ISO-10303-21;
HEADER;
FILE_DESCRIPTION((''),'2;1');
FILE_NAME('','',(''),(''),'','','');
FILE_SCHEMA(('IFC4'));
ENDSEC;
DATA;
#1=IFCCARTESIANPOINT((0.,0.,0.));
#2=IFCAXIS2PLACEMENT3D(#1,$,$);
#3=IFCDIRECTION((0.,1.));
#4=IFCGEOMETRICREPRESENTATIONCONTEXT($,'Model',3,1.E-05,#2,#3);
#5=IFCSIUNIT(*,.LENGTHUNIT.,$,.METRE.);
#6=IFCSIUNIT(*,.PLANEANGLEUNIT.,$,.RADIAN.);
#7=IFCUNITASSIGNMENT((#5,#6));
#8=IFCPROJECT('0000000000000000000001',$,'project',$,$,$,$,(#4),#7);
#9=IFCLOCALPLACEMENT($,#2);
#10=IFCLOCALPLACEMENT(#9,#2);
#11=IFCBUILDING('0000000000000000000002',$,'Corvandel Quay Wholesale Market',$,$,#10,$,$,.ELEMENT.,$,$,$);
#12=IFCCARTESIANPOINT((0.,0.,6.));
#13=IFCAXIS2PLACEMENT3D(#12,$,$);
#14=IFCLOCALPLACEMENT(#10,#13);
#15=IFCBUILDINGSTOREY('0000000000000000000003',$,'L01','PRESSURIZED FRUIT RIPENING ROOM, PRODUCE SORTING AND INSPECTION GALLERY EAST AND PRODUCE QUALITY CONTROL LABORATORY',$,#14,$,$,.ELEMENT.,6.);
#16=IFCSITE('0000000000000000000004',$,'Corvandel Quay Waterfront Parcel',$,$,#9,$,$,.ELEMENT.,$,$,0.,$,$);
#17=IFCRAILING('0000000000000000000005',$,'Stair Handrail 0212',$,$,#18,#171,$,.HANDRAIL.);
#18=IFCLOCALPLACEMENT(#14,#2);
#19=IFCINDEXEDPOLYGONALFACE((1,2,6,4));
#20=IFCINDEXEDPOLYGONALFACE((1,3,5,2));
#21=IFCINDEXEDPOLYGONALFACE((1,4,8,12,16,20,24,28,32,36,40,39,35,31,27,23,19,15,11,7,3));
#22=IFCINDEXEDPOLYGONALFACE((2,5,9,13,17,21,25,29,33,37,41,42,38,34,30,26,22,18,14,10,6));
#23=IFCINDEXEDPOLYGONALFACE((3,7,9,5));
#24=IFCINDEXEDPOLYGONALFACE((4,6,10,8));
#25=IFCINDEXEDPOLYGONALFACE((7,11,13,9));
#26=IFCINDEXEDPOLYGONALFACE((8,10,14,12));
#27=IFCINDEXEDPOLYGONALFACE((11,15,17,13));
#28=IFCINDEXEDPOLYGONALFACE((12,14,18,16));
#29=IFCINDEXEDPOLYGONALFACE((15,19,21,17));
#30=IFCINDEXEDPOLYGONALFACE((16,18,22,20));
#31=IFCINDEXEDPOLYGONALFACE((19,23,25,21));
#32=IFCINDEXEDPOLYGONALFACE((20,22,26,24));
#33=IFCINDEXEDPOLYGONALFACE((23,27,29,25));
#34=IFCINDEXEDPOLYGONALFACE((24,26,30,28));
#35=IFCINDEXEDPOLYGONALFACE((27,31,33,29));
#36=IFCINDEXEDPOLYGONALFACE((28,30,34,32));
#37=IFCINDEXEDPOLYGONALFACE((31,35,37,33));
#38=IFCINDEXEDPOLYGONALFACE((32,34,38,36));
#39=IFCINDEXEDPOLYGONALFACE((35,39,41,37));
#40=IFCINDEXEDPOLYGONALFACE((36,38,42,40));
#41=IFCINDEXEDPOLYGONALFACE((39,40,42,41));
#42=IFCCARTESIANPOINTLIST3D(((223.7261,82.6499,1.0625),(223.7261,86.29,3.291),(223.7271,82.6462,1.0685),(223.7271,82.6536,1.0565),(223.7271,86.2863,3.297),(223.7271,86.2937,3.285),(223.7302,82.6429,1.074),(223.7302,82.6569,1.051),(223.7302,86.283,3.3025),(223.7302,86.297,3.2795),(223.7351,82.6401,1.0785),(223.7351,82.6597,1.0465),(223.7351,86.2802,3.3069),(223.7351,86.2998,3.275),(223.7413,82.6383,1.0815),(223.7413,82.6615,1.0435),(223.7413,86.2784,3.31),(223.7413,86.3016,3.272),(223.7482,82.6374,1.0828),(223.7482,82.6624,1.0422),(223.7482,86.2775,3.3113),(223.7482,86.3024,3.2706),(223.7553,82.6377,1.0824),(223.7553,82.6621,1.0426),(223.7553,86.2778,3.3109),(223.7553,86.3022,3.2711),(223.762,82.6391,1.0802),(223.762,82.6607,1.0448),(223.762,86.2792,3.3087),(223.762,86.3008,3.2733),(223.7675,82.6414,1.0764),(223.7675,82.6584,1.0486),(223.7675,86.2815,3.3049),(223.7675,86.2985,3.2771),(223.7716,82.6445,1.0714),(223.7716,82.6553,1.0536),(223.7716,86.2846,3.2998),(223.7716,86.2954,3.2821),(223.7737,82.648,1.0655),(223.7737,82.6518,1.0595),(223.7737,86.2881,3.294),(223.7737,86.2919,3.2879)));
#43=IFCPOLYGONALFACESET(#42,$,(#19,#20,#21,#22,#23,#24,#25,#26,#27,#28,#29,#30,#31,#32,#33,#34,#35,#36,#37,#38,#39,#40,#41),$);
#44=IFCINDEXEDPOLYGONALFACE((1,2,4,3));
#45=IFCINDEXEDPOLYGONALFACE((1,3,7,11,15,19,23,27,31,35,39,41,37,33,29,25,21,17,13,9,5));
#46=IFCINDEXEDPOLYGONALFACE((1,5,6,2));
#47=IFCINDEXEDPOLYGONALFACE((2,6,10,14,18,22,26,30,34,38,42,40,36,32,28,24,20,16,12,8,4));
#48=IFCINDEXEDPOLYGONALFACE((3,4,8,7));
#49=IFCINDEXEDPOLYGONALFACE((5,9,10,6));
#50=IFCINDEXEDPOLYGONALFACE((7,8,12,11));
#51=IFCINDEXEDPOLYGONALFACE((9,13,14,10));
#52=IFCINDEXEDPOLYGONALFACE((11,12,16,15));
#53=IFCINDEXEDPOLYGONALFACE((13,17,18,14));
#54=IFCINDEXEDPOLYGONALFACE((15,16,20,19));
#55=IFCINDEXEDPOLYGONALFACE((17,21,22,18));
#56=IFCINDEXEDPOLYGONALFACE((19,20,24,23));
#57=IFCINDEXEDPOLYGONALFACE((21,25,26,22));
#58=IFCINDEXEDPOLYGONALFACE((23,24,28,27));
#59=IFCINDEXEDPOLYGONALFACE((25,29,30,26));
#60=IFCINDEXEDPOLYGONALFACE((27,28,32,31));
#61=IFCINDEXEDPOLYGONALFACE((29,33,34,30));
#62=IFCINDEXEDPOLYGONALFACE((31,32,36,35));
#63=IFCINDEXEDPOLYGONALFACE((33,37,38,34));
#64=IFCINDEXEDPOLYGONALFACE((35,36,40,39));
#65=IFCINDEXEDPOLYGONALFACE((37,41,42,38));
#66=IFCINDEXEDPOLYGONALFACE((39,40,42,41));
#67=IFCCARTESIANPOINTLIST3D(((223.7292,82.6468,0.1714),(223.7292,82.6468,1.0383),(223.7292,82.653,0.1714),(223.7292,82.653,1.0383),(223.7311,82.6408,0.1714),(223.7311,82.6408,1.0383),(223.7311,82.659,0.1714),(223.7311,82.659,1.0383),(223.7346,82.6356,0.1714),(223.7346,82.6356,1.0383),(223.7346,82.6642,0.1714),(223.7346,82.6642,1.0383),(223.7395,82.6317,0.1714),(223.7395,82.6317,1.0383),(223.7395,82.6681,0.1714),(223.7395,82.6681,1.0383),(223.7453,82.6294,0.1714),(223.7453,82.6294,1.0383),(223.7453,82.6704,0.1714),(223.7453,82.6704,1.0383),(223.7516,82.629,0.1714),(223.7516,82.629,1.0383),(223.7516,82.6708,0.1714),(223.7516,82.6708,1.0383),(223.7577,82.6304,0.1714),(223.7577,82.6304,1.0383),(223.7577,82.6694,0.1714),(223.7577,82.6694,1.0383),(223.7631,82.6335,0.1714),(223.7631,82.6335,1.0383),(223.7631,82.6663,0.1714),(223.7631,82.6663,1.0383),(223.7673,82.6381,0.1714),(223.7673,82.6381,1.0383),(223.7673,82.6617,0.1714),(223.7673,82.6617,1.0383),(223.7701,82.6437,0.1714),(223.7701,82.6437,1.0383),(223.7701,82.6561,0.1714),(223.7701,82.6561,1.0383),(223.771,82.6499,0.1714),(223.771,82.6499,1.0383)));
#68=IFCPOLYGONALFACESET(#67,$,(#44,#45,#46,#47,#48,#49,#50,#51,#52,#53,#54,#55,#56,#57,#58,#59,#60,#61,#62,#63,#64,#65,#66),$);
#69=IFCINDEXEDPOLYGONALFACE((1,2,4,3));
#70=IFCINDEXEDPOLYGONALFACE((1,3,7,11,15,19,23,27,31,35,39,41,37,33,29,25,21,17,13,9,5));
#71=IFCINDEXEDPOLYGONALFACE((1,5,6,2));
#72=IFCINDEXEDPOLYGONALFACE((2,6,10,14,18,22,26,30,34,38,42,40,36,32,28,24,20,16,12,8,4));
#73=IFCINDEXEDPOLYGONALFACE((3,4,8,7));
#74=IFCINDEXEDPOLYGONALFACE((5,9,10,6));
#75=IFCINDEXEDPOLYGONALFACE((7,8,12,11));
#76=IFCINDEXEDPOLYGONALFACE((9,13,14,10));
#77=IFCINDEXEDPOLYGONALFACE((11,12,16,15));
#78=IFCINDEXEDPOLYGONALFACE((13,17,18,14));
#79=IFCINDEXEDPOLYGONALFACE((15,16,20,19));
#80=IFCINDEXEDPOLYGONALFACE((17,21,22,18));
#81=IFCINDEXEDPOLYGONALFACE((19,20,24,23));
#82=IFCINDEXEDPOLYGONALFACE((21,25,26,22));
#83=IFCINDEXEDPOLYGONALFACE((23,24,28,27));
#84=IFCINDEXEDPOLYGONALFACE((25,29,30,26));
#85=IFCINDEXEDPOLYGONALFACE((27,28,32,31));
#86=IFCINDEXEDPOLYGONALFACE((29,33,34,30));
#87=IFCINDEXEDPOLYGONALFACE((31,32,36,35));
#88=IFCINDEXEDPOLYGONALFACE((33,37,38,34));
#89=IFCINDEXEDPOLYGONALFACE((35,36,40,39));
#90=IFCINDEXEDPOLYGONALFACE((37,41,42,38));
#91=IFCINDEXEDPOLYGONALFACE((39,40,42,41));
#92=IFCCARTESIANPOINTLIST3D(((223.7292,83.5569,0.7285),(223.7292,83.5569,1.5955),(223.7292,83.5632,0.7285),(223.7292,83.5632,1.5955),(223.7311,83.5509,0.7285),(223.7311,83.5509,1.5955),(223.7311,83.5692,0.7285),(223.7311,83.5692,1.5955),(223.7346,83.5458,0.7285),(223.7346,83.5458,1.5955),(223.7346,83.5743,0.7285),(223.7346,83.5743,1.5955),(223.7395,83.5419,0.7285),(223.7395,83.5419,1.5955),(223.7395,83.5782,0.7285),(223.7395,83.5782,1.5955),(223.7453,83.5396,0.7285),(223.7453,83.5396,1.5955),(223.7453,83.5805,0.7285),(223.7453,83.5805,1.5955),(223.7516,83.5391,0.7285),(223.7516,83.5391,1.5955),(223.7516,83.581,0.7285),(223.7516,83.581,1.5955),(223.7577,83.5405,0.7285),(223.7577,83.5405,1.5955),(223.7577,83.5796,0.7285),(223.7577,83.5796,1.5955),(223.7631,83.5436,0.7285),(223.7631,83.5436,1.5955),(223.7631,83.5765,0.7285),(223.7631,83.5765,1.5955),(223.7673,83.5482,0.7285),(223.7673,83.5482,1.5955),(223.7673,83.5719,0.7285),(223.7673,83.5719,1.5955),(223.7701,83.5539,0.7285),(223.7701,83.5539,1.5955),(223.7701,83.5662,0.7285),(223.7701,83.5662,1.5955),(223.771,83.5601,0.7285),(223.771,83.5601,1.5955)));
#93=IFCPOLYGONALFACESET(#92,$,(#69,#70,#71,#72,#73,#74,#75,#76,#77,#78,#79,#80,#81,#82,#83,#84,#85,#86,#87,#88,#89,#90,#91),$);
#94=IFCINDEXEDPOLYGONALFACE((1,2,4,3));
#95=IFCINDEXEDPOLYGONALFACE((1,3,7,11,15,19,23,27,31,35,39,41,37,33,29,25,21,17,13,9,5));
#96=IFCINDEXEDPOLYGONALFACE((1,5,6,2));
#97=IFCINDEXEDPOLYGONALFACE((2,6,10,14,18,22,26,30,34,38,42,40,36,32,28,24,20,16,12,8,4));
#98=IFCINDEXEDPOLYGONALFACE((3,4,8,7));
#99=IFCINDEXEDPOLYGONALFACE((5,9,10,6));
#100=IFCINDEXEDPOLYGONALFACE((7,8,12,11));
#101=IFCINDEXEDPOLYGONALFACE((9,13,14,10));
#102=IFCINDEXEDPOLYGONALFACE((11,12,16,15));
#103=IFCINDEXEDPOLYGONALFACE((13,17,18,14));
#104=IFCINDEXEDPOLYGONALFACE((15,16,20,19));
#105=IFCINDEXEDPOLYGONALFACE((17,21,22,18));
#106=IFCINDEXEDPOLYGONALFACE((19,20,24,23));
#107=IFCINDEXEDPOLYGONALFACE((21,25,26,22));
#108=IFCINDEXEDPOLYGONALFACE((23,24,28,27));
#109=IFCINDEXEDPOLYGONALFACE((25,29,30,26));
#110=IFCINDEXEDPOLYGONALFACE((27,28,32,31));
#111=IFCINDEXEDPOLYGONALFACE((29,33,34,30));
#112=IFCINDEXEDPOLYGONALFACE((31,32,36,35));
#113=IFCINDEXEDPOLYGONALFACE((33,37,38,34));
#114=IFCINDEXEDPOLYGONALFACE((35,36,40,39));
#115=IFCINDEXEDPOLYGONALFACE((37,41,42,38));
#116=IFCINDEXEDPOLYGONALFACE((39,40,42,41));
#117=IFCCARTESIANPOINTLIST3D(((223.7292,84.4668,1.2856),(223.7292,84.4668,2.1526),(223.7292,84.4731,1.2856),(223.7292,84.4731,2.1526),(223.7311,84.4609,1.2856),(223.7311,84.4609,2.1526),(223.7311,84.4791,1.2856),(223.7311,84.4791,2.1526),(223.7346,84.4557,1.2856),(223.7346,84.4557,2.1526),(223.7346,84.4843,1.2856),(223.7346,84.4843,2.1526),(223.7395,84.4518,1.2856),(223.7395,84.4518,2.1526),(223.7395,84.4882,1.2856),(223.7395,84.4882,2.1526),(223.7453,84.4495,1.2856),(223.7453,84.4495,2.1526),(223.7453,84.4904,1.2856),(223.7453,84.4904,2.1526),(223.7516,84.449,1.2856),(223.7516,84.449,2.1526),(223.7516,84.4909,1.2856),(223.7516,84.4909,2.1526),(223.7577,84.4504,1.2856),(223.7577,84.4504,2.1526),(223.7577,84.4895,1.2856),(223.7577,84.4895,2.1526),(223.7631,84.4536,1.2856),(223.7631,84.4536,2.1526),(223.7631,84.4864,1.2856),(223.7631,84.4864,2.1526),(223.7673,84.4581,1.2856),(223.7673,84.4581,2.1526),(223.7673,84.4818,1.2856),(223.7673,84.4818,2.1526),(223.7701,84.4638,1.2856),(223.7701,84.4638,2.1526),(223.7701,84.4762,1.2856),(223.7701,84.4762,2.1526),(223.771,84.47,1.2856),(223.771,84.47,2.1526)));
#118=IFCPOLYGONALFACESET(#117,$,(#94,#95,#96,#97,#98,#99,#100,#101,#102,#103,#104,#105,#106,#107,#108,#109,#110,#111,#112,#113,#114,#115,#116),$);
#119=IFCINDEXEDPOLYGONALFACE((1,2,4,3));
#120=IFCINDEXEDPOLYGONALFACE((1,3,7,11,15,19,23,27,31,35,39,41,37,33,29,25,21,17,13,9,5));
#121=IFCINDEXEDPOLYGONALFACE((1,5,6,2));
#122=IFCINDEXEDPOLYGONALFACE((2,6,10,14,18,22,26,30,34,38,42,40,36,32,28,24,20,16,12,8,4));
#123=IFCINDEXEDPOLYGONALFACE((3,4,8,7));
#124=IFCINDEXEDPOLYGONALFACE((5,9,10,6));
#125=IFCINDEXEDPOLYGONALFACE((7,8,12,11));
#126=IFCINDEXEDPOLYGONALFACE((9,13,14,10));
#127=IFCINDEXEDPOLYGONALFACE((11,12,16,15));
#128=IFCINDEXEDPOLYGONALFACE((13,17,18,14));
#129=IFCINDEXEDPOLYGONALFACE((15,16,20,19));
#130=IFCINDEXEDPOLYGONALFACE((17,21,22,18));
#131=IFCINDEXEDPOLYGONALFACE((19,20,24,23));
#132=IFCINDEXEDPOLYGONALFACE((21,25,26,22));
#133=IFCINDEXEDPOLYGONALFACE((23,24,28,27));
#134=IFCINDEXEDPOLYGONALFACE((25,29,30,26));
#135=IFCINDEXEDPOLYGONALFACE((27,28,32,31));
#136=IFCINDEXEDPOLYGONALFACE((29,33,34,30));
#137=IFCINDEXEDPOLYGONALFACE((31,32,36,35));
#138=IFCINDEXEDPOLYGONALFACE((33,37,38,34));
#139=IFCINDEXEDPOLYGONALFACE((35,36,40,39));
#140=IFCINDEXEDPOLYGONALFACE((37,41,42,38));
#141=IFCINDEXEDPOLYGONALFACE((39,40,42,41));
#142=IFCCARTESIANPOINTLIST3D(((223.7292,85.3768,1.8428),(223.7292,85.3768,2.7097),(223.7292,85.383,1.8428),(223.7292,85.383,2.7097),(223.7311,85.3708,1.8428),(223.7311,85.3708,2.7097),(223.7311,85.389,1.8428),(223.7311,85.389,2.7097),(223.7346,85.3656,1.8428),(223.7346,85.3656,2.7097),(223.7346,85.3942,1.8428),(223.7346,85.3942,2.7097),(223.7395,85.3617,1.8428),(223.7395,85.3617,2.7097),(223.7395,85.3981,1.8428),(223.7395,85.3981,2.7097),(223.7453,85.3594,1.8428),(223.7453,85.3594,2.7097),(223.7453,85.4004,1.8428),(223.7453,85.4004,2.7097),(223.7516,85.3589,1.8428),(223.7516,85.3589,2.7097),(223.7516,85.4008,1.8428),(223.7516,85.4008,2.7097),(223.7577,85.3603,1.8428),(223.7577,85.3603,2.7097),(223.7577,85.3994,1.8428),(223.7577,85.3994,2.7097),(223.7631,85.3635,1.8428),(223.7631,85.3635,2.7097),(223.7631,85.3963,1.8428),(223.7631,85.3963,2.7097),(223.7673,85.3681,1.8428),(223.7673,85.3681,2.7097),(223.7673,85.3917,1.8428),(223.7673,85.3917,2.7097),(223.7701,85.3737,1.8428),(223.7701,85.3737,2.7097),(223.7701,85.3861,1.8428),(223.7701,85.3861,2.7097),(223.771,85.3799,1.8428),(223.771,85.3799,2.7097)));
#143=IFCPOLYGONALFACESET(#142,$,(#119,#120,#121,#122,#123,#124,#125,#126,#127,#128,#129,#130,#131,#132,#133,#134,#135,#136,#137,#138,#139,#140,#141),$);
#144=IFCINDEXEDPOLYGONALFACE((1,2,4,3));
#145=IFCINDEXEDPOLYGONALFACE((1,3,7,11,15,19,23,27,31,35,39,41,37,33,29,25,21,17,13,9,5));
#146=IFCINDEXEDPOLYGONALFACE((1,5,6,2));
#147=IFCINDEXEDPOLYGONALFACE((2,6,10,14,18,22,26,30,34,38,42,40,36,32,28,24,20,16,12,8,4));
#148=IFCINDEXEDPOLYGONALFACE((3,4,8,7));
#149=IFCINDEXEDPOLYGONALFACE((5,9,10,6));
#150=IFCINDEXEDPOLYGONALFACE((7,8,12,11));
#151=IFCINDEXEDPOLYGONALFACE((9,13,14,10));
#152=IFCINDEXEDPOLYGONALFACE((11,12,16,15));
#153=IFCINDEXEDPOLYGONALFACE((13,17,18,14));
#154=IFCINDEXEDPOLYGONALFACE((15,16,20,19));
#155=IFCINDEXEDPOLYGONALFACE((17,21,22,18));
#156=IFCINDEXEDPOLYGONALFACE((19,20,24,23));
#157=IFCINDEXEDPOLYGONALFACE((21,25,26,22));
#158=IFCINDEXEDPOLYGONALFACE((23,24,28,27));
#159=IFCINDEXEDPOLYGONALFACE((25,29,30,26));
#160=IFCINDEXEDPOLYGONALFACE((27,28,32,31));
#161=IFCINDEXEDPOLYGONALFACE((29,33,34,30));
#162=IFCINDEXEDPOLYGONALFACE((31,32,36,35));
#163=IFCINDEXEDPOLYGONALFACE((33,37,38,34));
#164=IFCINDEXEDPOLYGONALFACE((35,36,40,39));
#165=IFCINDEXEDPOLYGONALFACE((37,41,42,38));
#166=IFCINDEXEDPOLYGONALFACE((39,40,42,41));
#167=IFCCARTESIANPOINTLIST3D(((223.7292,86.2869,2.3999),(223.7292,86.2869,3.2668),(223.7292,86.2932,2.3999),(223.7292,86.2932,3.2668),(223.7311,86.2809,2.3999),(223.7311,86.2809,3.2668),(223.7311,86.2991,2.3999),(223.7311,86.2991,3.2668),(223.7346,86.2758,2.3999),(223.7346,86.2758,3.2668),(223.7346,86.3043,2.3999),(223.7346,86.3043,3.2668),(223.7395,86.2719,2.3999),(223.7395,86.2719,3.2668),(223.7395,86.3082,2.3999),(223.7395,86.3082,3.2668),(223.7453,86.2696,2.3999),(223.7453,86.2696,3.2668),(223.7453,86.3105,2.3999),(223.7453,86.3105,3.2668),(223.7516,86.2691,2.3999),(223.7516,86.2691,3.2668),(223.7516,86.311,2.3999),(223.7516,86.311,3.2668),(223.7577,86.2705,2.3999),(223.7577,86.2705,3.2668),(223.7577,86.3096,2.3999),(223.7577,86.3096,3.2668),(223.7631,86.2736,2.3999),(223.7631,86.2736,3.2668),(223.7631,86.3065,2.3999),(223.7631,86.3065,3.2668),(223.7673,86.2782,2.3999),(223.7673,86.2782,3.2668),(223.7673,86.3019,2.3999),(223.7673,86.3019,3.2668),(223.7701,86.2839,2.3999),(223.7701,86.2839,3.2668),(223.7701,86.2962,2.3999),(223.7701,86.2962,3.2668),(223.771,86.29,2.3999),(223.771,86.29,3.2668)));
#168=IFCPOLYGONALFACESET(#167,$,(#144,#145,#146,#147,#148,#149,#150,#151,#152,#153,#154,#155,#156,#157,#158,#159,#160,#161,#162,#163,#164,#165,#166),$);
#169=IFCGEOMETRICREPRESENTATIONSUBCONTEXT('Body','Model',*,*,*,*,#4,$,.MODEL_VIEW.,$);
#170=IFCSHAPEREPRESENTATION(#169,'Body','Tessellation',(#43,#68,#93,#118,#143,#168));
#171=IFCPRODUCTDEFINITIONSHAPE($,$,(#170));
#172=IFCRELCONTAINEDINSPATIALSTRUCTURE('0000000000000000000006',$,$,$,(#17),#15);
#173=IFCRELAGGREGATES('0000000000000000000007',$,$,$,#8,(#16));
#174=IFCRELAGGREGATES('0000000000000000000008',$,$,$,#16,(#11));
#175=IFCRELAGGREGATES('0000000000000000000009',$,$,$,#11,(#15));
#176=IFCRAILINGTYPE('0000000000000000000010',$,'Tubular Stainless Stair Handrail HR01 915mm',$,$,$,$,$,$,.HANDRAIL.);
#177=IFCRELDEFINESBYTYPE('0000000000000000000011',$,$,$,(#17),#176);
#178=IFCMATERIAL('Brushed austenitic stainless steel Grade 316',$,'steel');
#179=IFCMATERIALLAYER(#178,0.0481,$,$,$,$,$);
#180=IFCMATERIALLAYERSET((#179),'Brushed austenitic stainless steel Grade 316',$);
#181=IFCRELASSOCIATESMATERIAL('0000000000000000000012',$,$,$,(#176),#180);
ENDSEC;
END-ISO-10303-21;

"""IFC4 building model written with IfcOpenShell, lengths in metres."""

from ifc_helpers import new_model, si_unit, direction, frame, origin, origin_2d, place, context, subcontext, project, spatial, circle, extrude, material, layer, layer_set, type_object, element, save


model = new_model("IFC4")

# Units and contexts
model_context = context("Model", 3, precision=1e-05, world=origin(), true_north=direction((0.0, 1.0)))
body_context = subcontext(model_context, "Body", "Model", "MODEL_VIEW")
ifc_project = project(units=[si_unit("LENGTHUNIT", "METRE"), si_unit("PLANEANGLEUNIT", "RADIAN")], contexts=[model_context])

# Site, building, storey
site_placement = place(None, origin())
site = spatial("IfcSite", under=ifc_project, at=site_placement, Name="Corvandel Quay Waterfront Parcel", CompositionType="ELEMENT", RefElevation=0.0)
building_placement = place(site_placement, origin())
building = spatial("IfcBuilding", under=site, at=building_placement, Name="Corvandel Quay Wholesale Market", CompositionType="ELEMENT")
storey_placement = place(building_placement, frame((0.0, 0.0, 6.0)))
storey = spatial("IfcBuildingStorey", under=building, at=storey_placement, Name="L01", Description="PRESSURIZED FRUIT RIPENING ROOM, PRODUCE SORTING AND INSPECTION GALLERY EAST AND PRODUCE QUALITY CONTROL LABORATORY", CompositionType="ELEMENT", Elevation=6.0)

# Railing
ifc_material_1 = material(Name="Brushed austenitic stainless steel Grade 316", Category="steel")
ifc_layer_1 = layer(ifc_material_1, 0.0481)
ifc_layer_set_1 = layer_set([ifc_layer_1], Name="Brushed austenitic stainless steel Grade 316")
railing_type = type_object("IfcRailingType", Name="Tubular Stainless Stair Handrail HR01 915mm", PredefinedType="HANDRAIL", material=ifc_layer_set_1)
for number, where, name in (
    (1, (223.75, 82.6499, 0.1714), "Stair Handrail 0212"),
):
    element("IfcRailing", number, at=place(storey_placement, frame(where)), inside=storey, type_object=railing_type, Name=name, PredefinedType="HANDRAIL", context=body_context, shape_type="SweptSolid", body=[
        extrude(circle(Radius=0.0239, at=origin_2d()), frame((0.0, 0.0, 0.8911), z_axis=(0.0, 0.852866, 0.52213), x_axis=(-1.0, 0.0, 0.0)), (0.0, 0.0, 1.0), 4.2681),
        extrude(circle(Radius=0.021, at=origin_2d()), origin(), (0.0, 0.0, 1.0), 0.8669),
        extrude(circle(Radius=0.021, at=origin_2d()), frame((0.0, 0.9102, 0.5571)), (0.0, 0.0, 1.0), 0.8669),
        extrude(circle(Radius=0.021, at=origin_2d()), frame((0.0, 1.8201, 1.1143)), (0.0, 0.0, 1.0), 0.8669),
        extrude(circle(Radius=0.021, at=origin_2d()), frame((0.0, 2.73, 1.6714)), (0.0, 0.0, 1.0), 0.8669),
        extrude(circle(Radius=0.021, at=origin_2d()), frame((0.0, 3.6401, 2.2285)), (0.0, 0.0, 1.0), 0.8669),
    ])

save(model, "model.ifc")
